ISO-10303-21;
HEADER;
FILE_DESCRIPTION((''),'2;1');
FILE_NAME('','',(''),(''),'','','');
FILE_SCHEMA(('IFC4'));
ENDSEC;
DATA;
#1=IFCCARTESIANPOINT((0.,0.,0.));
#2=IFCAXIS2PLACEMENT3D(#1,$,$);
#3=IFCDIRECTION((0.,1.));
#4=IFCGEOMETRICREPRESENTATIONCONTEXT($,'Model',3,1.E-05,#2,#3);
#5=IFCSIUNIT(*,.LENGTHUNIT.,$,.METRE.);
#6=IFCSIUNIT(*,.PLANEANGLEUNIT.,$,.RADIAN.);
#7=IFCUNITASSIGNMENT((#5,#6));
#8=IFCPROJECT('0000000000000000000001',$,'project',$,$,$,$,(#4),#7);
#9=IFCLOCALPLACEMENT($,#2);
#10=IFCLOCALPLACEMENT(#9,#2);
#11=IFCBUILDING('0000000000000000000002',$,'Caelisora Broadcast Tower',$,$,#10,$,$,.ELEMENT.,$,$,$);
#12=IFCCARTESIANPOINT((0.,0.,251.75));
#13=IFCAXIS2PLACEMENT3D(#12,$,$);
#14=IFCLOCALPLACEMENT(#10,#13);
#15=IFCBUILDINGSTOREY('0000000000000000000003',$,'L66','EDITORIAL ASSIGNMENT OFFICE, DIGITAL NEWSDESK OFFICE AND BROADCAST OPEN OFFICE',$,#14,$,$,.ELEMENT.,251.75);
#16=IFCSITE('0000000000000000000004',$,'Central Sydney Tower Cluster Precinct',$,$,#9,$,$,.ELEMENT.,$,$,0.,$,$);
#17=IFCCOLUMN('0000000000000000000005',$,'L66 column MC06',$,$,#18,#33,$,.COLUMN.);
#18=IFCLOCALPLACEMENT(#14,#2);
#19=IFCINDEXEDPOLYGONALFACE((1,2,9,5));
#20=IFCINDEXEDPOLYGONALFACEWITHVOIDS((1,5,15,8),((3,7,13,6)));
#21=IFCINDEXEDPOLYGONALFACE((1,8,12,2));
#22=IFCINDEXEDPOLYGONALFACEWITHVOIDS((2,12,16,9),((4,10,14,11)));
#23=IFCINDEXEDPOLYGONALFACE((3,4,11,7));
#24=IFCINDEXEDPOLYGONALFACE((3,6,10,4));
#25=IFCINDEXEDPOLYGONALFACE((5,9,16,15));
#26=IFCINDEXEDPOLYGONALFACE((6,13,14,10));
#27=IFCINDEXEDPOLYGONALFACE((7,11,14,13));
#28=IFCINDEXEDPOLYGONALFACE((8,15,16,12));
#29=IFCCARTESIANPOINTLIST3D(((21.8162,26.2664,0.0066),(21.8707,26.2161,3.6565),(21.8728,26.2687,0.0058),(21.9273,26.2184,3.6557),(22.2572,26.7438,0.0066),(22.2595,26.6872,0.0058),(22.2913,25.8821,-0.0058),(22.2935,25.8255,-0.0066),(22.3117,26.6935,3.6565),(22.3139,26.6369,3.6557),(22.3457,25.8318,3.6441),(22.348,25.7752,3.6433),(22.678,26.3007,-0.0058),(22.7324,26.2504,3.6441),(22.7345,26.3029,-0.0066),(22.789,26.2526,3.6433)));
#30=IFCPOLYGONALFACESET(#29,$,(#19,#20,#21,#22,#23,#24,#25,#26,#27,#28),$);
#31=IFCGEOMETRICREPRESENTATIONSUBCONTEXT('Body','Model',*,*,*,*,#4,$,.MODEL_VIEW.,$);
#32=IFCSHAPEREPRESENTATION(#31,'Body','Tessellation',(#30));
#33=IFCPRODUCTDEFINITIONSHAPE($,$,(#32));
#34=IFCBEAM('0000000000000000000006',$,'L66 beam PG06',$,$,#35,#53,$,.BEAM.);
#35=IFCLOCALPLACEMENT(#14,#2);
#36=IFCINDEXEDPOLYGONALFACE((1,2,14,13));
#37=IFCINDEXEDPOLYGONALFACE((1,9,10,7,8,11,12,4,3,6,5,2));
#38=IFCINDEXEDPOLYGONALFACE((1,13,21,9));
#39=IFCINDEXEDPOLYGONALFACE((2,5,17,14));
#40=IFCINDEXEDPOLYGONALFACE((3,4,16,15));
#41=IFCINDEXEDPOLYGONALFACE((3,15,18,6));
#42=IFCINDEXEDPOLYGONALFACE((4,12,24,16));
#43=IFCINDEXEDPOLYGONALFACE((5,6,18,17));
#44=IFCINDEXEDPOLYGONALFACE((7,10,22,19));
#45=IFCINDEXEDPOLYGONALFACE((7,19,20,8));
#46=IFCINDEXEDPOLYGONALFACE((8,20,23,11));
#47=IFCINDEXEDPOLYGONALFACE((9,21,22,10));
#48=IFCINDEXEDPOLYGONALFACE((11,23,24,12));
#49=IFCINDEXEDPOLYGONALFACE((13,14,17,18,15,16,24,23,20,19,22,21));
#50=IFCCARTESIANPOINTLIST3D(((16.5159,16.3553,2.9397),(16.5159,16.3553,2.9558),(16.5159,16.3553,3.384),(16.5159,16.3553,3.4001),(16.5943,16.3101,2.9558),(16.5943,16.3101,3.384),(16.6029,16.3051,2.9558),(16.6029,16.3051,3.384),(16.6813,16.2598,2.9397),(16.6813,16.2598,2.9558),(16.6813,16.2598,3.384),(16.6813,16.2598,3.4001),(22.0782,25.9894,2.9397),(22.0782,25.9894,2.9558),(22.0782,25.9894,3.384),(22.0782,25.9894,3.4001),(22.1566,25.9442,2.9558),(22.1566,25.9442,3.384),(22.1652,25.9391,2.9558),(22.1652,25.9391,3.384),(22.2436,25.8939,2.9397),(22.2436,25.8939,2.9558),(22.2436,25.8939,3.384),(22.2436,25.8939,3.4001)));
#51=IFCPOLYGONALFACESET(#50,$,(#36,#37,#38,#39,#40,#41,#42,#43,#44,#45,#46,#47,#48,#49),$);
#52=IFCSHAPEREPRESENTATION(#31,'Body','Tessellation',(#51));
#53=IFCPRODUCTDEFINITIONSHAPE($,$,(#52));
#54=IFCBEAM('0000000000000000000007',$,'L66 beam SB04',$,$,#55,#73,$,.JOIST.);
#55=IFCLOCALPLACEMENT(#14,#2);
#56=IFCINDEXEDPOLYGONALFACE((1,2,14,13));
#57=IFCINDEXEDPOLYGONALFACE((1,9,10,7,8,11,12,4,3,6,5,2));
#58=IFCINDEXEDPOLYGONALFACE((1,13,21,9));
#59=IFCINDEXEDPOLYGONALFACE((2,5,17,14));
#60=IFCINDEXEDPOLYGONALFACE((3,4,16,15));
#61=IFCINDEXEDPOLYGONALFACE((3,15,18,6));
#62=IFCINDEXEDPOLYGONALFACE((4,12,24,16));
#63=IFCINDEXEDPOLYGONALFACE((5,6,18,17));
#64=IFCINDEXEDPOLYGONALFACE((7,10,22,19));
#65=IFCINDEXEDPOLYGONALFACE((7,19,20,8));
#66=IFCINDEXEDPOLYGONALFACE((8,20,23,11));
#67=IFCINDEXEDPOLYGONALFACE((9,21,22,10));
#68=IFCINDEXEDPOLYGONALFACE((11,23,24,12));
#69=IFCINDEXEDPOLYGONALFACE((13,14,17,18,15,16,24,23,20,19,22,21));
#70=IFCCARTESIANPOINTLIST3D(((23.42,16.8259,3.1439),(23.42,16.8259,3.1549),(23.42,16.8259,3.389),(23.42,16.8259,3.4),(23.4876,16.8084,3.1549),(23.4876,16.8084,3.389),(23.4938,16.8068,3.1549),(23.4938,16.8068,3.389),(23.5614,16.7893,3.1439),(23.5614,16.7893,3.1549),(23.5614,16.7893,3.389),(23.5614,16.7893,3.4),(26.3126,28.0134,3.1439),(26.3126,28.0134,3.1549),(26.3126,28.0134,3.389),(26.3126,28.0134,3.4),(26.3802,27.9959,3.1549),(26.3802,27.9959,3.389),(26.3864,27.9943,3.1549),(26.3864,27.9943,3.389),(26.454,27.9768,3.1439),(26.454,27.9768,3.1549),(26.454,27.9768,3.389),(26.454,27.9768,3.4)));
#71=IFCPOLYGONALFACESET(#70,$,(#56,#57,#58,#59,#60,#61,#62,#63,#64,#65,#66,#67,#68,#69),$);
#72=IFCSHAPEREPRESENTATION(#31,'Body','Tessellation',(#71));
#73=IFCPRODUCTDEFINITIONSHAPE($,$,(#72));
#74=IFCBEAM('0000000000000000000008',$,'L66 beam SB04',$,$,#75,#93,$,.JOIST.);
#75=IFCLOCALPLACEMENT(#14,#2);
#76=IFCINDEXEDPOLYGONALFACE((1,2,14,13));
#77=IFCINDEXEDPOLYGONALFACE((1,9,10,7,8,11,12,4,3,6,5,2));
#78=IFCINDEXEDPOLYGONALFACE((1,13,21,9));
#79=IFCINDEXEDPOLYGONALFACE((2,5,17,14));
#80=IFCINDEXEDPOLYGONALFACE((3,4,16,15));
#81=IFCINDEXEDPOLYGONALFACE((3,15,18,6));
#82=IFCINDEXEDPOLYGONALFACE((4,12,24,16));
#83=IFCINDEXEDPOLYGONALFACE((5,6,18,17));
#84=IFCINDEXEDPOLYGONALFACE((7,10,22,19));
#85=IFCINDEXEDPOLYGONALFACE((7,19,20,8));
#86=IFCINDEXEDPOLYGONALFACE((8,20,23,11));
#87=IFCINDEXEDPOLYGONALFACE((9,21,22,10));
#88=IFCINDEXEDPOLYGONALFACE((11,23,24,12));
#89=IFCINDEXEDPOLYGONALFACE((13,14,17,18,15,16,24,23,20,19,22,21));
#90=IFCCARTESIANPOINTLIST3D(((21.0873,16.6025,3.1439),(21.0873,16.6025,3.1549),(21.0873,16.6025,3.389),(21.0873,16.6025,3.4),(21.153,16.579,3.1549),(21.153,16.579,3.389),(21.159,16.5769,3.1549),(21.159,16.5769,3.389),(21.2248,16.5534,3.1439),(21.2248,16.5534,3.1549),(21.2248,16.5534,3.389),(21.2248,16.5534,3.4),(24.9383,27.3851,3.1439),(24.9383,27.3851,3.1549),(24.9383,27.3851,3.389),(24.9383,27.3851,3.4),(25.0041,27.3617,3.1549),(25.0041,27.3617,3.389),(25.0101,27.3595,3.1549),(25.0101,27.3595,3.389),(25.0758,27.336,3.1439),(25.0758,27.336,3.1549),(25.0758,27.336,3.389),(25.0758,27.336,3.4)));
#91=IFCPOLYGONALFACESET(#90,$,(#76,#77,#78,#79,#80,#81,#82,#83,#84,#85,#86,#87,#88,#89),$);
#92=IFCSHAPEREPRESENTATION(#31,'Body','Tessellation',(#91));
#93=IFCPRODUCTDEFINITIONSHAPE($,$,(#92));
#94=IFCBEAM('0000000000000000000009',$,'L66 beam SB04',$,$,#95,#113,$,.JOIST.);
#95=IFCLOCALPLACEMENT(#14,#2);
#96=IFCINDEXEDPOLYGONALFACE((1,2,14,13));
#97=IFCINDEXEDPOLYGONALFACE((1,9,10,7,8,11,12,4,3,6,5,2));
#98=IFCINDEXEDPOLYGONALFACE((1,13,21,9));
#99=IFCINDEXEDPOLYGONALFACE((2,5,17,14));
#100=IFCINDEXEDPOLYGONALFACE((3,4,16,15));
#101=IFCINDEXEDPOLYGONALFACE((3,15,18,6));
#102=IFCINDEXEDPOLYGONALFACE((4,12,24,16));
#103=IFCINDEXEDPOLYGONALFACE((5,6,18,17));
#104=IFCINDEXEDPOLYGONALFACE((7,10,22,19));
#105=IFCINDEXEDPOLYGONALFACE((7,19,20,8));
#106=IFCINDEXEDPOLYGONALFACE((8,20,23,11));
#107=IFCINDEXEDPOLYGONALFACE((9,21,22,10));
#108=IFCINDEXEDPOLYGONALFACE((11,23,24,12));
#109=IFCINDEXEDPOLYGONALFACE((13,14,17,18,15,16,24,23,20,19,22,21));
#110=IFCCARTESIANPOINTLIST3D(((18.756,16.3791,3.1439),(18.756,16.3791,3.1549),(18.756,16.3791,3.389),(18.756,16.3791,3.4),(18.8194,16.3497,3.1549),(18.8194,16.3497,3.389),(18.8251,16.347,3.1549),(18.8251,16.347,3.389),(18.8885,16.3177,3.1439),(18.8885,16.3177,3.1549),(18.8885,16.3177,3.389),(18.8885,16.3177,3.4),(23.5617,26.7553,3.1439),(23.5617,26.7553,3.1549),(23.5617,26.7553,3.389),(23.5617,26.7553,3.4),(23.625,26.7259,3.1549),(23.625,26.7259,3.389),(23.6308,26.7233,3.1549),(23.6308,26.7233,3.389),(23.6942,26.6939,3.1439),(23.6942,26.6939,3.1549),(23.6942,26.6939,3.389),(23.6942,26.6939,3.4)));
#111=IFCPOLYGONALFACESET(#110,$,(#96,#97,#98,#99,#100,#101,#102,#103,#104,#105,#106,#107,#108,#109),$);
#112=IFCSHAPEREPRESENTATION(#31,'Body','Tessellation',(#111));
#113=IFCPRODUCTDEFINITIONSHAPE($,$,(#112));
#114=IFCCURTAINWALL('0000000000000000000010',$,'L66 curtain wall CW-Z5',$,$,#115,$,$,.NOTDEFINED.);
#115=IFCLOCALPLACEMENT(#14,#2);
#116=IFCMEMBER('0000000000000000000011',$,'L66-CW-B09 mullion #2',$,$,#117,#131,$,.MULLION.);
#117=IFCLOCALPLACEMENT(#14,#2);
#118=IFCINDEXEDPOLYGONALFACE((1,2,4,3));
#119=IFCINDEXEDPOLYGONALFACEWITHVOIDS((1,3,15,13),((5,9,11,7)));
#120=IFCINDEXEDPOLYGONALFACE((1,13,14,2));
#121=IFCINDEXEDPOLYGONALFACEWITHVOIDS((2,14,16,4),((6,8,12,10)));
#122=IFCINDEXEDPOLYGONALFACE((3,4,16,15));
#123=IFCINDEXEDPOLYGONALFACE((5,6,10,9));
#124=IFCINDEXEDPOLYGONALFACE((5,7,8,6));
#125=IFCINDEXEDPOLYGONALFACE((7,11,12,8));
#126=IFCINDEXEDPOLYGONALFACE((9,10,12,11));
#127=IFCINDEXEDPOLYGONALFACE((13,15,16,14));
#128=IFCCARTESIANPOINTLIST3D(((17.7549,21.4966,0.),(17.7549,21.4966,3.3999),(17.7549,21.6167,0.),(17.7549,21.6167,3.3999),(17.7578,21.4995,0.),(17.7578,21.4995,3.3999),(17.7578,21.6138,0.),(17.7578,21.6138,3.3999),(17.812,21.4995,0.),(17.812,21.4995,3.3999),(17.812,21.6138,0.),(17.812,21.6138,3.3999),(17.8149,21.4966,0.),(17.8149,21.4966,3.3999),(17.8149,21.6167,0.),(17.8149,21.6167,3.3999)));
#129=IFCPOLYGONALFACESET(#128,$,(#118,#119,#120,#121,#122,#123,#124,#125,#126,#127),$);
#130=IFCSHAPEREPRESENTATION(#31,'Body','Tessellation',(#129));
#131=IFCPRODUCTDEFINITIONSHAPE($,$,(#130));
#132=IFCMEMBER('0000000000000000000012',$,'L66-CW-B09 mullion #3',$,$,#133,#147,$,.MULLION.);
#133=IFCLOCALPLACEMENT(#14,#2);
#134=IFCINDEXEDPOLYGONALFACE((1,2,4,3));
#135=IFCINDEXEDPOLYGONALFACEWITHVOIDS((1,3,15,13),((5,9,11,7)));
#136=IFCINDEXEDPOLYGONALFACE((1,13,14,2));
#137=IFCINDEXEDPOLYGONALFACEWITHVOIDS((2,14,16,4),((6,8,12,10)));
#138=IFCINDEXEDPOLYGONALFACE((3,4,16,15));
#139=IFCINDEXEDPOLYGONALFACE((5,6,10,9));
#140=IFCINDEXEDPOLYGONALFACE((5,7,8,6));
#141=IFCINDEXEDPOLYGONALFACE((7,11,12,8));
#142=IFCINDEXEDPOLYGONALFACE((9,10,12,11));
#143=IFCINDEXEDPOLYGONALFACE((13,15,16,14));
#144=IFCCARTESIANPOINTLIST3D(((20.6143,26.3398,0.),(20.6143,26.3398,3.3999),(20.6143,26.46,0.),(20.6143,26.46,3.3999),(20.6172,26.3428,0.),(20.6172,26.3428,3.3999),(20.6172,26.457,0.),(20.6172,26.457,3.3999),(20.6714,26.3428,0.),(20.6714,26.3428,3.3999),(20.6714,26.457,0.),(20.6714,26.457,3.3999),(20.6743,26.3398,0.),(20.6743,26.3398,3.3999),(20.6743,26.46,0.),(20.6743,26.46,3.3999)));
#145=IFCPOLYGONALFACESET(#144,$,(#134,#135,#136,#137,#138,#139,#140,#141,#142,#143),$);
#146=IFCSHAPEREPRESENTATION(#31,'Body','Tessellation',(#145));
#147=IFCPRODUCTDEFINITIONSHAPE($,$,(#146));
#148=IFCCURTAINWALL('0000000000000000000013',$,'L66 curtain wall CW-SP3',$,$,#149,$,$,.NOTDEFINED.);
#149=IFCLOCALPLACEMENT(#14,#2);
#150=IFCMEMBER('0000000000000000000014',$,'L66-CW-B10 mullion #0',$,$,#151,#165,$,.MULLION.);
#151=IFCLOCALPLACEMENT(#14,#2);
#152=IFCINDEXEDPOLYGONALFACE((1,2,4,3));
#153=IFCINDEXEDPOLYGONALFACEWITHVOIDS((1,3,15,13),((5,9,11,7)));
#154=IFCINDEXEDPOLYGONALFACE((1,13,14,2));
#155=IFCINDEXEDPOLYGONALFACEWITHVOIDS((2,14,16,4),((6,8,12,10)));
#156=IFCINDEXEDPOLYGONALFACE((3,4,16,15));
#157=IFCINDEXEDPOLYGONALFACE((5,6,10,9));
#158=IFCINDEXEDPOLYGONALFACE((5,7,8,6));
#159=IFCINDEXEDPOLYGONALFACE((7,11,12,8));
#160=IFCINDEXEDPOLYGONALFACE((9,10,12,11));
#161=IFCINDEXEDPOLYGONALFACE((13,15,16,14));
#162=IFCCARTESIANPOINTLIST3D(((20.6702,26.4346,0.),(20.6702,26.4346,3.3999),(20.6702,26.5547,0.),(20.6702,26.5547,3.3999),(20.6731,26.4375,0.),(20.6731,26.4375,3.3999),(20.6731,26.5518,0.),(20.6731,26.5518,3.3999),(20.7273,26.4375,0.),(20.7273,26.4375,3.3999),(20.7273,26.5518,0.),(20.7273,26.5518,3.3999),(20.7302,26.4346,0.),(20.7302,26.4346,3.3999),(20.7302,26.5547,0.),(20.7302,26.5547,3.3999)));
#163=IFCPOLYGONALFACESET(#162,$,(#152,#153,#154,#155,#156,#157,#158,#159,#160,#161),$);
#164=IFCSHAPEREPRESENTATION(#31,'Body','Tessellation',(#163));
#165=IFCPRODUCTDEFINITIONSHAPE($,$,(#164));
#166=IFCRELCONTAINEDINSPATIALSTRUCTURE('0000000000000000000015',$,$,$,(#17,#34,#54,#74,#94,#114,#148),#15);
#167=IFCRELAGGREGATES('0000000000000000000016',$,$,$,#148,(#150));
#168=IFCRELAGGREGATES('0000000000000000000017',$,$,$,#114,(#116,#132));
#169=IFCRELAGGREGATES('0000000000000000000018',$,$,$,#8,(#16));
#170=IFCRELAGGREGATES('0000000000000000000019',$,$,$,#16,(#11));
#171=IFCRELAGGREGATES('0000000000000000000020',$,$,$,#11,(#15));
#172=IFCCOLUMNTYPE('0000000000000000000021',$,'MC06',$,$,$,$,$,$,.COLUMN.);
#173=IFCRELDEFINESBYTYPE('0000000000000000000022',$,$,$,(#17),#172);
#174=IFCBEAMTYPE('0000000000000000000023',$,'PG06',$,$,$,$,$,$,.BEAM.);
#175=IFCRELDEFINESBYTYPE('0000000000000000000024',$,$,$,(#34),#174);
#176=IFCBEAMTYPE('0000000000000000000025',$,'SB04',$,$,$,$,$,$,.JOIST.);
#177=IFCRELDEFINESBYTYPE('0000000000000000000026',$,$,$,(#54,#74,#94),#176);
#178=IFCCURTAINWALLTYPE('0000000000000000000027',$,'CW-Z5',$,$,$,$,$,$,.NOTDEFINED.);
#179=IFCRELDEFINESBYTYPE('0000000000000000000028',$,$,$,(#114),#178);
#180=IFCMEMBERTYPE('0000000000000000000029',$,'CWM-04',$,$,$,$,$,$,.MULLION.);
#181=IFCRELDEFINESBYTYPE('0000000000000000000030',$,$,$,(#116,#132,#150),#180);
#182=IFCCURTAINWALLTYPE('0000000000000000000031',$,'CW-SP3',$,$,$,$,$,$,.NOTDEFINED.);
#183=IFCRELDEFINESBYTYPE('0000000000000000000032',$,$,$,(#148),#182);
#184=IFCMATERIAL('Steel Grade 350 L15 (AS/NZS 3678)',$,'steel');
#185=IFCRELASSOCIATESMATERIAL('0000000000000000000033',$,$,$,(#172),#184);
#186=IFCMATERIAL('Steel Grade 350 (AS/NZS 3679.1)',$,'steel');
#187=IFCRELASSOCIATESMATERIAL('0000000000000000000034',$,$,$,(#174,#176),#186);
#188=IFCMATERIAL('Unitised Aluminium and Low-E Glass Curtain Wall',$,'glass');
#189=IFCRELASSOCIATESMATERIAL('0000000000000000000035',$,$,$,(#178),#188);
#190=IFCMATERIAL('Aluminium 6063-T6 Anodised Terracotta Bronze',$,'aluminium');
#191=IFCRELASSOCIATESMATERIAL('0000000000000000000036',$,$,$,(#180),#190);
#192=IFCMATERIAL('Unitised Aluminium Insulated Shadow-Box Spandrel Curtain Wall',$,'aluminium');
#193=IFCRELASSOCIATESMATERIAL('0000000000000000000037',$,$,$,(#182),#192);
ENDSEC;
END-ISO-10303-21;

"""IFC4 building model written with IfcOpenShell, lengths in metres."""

from ifc_helpers import new_model, si_unit, direction, frame, origin, origin_2d, place, context, subcontext, project, spatial, hollow_rectangle, i_section, extrude, source, transform, mapped, material, material_profile, profile_set, type_object, type_shapes, element, aggregate, save


model = new_model("IFC4")

# Units and contexts
model_context = context("Model", 3, precision=1e-05, world=origin(), true_north=direction((0.0, 1.0)))
body_context = subcontext(model_context, "Body", "Model", "MODEL_VIEW")
ifc_project = project(units=[si_unit("LENGTHUNIT", "METRE"), si_unit("PLANEANGLEUNIT", "RADIAN")], contexts=[model_context])

# Site, building, storey
site_placement = place(None, origin())
site = spatial("IfcSite", under=ifc_project, at=site_placement, Name="Central Sydney Tower Cluster Precinct", CompositionType="ELEMENT", RefElevation=0.0)
building_placement = place(site_placement, origin())
building = spatial("IfcBuilding", under=site, at=building_placement, Name="Caelisora Broadcast Tower", CompositionType="ELEMENT")
storey_placement = place(building_placement, frame((0.0, 0.0, 251.75)))
storey = spatial("IfcBuildingStorey", under=building, at=storey_placement, Name="L66", Description="EDITORIAL ASSIGNMENT OFFICE, DIGITAL NEWSDESK OFFICE AND BROADCAST OPEN OFFICE", CompositionType="ELEMENT", Elevation=251.75)

# Column
ifc_material_1 = material(Name="Steel Grade 350 L15 (AS/NZS 3678)", Category="steel")
ifc_material_profile_1 = material_profile(ifc_material_1, hollow_rectangle(XDim=0.6499, YDim=0.6499, WallThickness=0.04, at=origin_2d()), Name="Steel Grade 350 L15 (AS/NZS 3678)")
ifc_profile_set_1 = profile_set([ifc_material_profile_1], Name="Steel Grade 350 L15 (AS/NZS 3678)")
column_type = type_object("IfcColumnType", Name="MC06", PredefinedType="COLUMN", material=ifc_profile_set_1)
shared_shape_1 = source(origin(), body_context, "Body", "SweptSolid", [
    extrude(hollow_rectangle(XDim=0.6499, YDim=0.6499, WallThickness=0.04, at=origin_2d()), origin(), (0.0, 0.0, 1.0), 3.6506),
])
type_shapes(column_type, [shared_shape_1])
column_placement = place(storey_placement, frame((22.2754, 26.2847, 0.0), z_axis=(0.014913, -0.013776, 0.999794), x_axis=(0.678554, 0.734551, 0.0)))
element("IfcColumn", 1, at=column_placement, inside=storey, type_object=column_type, Name="L66 column MC06", PredefinedType="COLUMN", context=body_context, shape_type="MappedRepresentation", body=[
    mapped(shared_shape_1, transform((0.0, 0.0, 0.0), scale=1.0)),
])

# Beams
ifc_material_2 = material(Name="Steel Grade 350 (AS/NZS 3679.1)", Category="steel")
ifc_material_profile_2 = material_profile(ifc_material_2, i_section(OverallWidth=0.1909, OverallDepth=0.4604, WebThickness=0.01, FlangeThickness=0.0161, at=origin_2d()), Name="Steel Grade 350 (AS/NZS 3679.1)")
ifc_profile_set_2 = profile_set([ifc_material_profile_2], Name="Steel Grade 350 (AS/NZS 3679.1)")
beam_type_1 = type_object("IfcBeamType", Name="PG06", PredefinedType="BEAM", material=ifc_profile_set_2)
shared_shape_2 = source(origin(), body_context, "Body", "SweptSolid", [
    extrude(i_section(OverallWidth=0.1909, OverallDepth=0.4604, WebThickness=0.01, FlangeThickness=0.0161, at=origin_2d()), origin(), (0.0, 0.0, 1.0), 11.1245),
])
type_shapes(beam_type_1, [shared_shape_2])
beam_1_placement = place(storey_placement, frame((22.1609, 25.9417, 3.1699), z_axis=(-0.500003, -0.866024, 0.0), x_axis=(0.866024, -0.500003, 0.0)))
element("IfcBeam", 2, at=beam_1_placement, inside=storey, type_object=beam_type_1, Name="L66 beam PG06", PredefinedType="BEAM", context=body_context, shape_type="MappedRepresentation", body=[
    mapped(shared_shape_2, transform((0.0, 0.0, 0.0), scale=1.0)),
])
ifc_material_profile_3 = material_profile(ifc_material_2, i_section(OverallWidth=0.146, OverallDepth=0.2561, WebThickness=0.0063, FlangeThickness=0.011, at=origin_2d()), Name="Steel Grade 350 (AS/NZS 3679.1)")
ifc_profile_set_3 = profile_set([ifc_material_profile_3], Name="Steel Grade 350 (AS/NZS 3679.1)")
beam_type_2 = type_object("IfcBeamType", Name="SB04", PredefinedType="JOIST", material=ifc_profile_set_3)
shared_shape_3 = source(origin(), body_context, "Body", "SweptSolid", [
    extrude(i_section(OverallWidth=0.146, OverallDepth=0.2561, WebThickness=0.0063, FlangeThickness=0.011, at=origin_2d()), origin(), (0.0, 0.0, 1.0), 11.5554),
])
beam_2_placement = place(storey_placement, frame((26.3833, 27.9951, 3.272), z_axis=(-0.250323, -0.968162, 0.0), x_axis=(0.968162, -0.250323, 0.0)))
element("IfcBeam", 3, at=beam_2_placement, inside=storey, type_object=beam_type_2, Name="L66 beam SB04", PredefinedType="JOIST", context=body_context, shape_type="MappedRepresentation", body=[
    mapped(shared_shape_3, transform((0.0, 0.0, 0.0), scale=1.0)),
])
shared_shape_4 = source(origin(), body_context, "Body", "SweptSolid", [
    extrude(i_section(OverallWidth=0.146, OverallDepth=0.2561, WebThickness=0.0063, FlangeThickness=0.011, at=origin_2d()), origin(), (0.0, 0.0, 1.0), 11.4497),
])
beam_3_placement = place(storey_placement, frame((25.0071, 27.3606, 3.272), z_axis=(-0.336345, -0.941739, 0.0), x_axis=(0.941739, -0.336345, 0.0)))
element("IfcBeam", 4, at=beam_3_placement, inside=storey, type_object=beam_type_2, Name="L66 beam SB04", PredefinedType="JOIST", context=body_context, shape_type="MappedRepresentation", body=[
    mapped(shared_shape_4, transform((0.0, 0.0, 0.0), scale=1.0)),
])
shared_shape_5 = source(origin(), body_context, "Body", "SweptSolid", [
    extrude(i_section(OverallWidth=0.146, OverallDepth=0.2561, WebThickness=0.0063, FlangeThickness=0.011, at=origin_2d()), origin(), (0.0, 0.0, 1.0), 11.4351),
])
type_shapes(beam_type_2, [shared_shape_3, shared_shape_4, shared_shape_5])
beam_4_placement = place(storey_placement, frame((23.6279, 26.7246, 3.272), z_axis=(-0.420257, -0.907405, 0.0), x_axis=(0.907405, -0.420257, 0.0)))
element("IfcBeam", 5, at=beam_4_placement, inside=storey, type_object=beam_type_2, Name="L66 beam SB04", PredefinedType="JOIST", context=body_context, shape_type="MappedRepresentation", body=[
    mapped(shared_shape_5, transform((0.0, 0.0, 0.0), scale=1.0)),
])

# Curtain walls, members
ifc_material_3 = material(Name="Unitised Aluminium and Low-E Glass Curtain Wall", Category="glass")
curtain_wall_type_1 = type_object("IfcCurtainWallType", Name="CW-Z5", PredefinedType="NOTDEFINED", material=ifc_material_3)
curtain_wall_1_placement = place(storey_placement, origin())
curtain_wall_1 = element("IfcCurtainWall", 6, at=curtain_wall_1_placement, inside=storey, type_object=curtain_wall_type_1, Name="L66 curtain wall CW-Z5", PredefinedType="NOTDEFINED")
ifc_material_4 = material(Name="Aluminium 6063-T6 Anodised Terracotta Bronze", Category="aluminium")
ifc_material_profile_4 = material_profile(ifc_material_4, hollow_rectangle(XDim=0.0601, YDim=0.1201, WallThickness=0.0029, at=origin_2d()), Name="Aluminium 6063-T6 Anodised Terracotta Bronze")
ifc_profile_set_4 = profile_set([ifc_material_profile_4], Name="Aluminium 6063-T6 Anodised Terracotta Bronze")
member_type_1 = type_object("IfcMemberType", Name="CWM-04", PredefinedType="MULLION", material=ifc_profile_set_4)
shared_shape_6 = source(origin(), body_context, "Body", "SweptSolid", [
    extrude(hollow_rectangle(XDim=0.0601, YDim=0.1201, WallThickness=0.0029, at=origin_2d()), origin(), (0.0, 0.0, 1.0), 3.3999),
])
type_shapes(member_type_1, [shared_shape_6])
member_1_placement = place(storey_placement, frame((17.7849, 21.5566, 0.0), z_axis=(0.0, 0.0, 1.0), x_axis=(1.0, 0.0, 0.0)))
member_1 = element("IfcMember", 7, at=member_1_placement, type_object=member_type_1, Name="L66-CW-B09 mullion #2", PredefinedType="MULLION", context=body_context, shape_type="MappedRepresentation", body=[
    mapped(shared_shape_6, transform((0.0, 0.0, 0.0), scale=1.0)),
])
member_2_placement = place(storey_placement, frame((20.6443, 26.3999, 0.0), z_axis=(0.0, 0.0, 1.0), x_axis=(1.0, 0.0, 0.0)))
member_2 = element("IfcMember", 8, at=member_2_placement, type_object=member_type_1, Name="L66-CW-B09 mullion #3", PredefinedType="MULLION", context=body_context, shape_type="MappedRepresentation", body=[
    mapped(shared_shape_6, transform((0.0, 0.0, 0.0), scale=1.0)),
])
ifc_material_5 = material(Name="Unitised Aluminium Insulated Shadow-Box Spandrel Curtain Wall", Category="aluminium")
curtain_wall_type_2 = type_object("IfcCurtainWallType", Name="CW-SP3", PredefinedType="NOTDEFINED", material=ifc_material_5)
curtain_wall_2_placement = place(storey_placement, origin())
curtain_wall_2 = element("IfcCurtainWall", 9, at=curtain_wall_2_placement, inside=storey, type_object=curtain_wall_type_2, Name="L66 curtain wall CW-SP3", PredefinedType="NOTDEFINED")
member_3_placement = place(storey_placement, frame((20.7002, 26.4946, 0.0), z_axis=(0.0, 0.0, 1.0), x_axis=(1.0, 0.0, 0.0)))
member_3 = element("IfcMember", 10, at=member_3_placement, type_object=member_type_1, Name="L66-CW-B10 mullion #0", PredefinedType="MULLION", context=body_context, shape_type="MappedRepresentation", body=[
    mapped(shared_shape_6, transform((0.0, 0.0, 0.0), scale=1.0)),
])

aggregate(curtain_wall_2, [member_3])
aggregate(curtain_wall_1, [member_1, member_2])

save(model, "model.ifc")
